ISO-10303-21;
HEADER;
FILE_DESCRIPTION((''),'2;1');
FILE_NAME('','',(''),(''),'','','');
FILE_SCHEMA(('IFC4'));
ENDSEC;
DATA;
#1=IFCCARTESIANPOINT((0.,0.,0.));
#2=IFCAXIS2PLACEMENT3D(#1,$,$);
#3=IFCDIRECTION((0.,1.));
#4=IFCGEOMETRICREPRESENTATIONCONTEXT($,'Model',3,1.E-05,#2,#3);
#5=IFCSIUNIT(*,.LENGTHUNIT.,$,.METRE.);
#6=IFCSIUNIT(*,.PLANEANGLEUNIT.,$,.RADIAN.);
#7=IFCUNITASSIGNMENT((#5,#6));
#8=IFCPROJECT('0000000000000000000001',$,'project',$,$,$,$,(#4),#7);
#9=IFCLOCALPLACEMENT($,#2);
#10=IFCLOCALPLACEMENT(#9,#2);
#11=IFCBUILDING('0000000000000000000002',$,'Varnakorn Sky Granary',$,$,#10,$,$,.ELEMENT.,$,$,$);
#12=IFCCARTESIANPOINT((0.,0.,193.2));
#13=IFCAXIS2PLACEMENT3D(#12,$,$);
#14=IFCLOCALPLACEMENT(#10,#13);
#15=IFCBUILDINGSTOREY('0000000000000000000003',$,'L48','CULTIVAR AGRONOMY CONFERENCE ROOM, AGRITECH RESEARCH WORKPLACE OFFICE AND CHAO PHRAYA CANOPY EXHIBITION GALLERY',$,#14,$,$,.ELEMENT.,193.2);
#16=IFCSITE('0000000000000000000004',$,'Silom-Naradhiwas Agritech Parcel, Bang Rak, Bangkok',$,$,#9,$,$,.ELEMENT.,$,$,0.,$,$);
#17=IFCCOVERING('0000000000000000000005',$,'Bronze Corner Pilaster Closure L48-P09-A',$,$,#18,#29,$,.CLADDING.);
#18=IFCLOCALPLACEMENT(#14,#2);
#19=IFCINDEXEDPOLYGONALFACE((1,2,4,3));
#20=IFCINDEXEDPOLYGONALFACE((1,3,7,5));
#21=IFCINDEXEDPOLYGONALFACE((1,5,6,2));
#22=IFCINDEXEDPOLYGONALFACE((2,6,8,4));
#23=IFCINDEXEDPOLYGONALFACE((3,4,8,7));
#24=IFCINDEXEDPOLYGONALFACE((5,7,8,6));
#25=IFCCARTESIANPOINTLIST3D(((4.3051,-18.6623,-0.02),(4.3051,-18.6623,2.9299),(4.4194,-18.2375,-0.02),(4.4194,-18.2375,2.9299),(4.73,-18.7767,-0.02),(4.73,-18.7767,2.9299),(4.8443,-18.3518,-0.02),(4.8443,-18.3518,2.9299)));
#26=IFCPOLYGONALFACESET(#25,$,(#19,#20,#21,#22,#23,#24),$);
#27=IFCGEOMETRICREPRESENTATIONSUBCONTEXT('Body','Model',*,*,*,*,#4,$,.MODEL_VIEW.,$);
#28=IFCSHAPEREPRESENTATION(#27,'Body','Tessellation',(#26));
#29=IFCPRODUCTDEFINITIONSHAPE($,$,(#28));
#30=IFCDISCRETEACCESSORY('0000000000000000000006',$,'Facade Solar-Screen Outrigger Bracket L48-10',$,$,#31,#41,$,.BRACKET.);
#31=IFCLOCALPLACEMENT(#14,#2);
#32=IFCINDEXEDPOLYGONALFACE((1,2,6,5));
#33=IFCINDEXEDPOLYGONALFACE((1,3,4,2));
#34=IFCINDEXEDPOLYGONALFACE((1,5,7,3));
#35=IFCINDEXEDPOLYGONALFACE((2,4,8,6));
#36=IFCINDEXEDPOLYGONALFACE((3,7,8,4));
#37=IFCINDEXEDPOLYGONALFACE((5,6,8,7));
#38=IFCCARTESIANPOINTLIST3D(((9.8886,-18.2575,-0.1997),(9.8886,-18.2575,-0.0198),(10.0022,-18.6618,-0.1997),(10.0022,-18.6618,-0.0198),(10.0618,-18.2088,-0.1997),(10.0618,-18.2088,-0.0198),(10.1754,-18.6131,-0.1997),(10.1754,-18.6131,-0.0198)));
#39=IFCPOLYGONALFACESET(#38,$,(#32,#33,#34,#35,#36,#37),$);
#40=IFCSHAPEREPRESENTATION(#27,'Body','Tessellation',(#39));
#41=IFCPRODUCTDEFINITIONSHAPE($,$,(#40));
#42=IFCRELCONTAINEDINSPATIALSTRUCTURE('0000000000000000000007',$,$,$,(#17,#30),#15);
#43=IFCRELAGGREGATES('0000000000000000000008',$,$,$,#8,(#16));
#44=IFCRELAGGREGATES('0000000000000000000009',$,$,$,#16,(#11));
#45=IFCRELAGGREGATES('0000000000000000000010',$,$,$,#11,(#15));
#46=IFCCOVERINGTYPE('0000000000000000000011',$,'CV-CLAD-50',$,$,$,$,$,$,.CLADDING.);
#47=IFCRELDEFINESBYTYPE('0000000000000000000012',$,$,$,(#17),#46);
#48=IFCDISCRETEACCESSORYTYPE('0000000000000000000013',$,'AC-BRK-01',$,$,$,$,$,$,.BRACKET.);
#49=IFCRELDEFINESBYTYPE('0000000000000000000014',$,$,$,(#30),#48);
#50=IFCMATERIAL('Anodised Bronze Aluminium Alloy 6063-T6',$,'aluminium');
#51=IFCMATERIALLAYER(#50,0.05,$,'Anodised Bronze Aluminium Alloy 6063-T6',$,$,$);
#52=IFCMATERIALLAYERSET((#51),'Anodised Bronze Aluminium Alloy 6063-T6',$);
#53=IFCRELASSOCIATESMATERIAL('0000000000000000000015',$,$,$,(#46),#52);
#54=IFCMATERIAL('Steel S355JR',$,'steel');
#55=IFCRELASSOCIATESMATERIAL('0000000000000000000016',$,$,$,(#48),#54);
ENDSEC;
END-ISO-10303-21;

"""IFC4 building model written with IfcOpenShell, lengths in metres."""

from ifc_helpers import new_model, si_unit, direction, frame, origin, origin_2d, place, context, subcontext, project, spatial, rectangle, extrude, source, transform, mapped, material, layer, layer_set, type_object, type_shapes, element, save


model = new_model("IFC4")

# Units and contexts
model_context = context("Model", 3, precision=1e-05, world=origin(), true_north=direction((0.0, 1.0)))
body_context = subcontext(model_context, "Body", "Model", "MODEL_VIEW")
ifc_project = project(units=[si_unit("LENGTHUNIT", "METRE"), si_unit("PLANEANGLEUNIT", "RADIAN")], contexts=[model_context])

# Site, building, storey
site_placement = place(None, origin())
site = spatial("IfcSite", under=ifc_project, at=site_placement, Name="Silom-Naradhiwas Agritech Parcel, Bang Rak, Bangkok", CompositionType="ELEMENT", RefElevation=0.0)
building_placement = place(site_placement, origin())
building = spatial("IfcBuilding", under=site, at=building_placement, Name="Varnakorn Sky Granary", CompositionType="ELEMENT")
storey_placement = place(building_placement, frame((0.0, 0.0, 193.2)))
storey = spatial("IfcBuildingStorey", under=building, at=storey_placement, Name="L48", Description="CULTIVAR AGRONOMY CONFERENCE ROOM, AGRITECH RESEARCH WORKPLACE OFFICE AND CHAO PHRAYA CANOPY EXHIBITION GALLERY", CompositionType="ELEMENT", Elevation=193.2)

# Shared definitions
ifc_material_1 = material(Name="Steel S355JR", Category="steel")

# Shared definitions
ifc_material_2 = material(Name="Anodised Bronze Aluminium Alloy 6063-T6", Category="aluminium")

# Covering
ifc_layer_1 = layer(ifc_material_2, 0.05, Name="Anodised Bronze Aluminium Alloy 6063-T6")
ifc_layer_set_1 = layer_set([ifc_layer_1], Name="Anodised Bronze Aluminium Alloy 6063-T6")
covering_type = type_object("IfcCoveringType", Name="CV-CLAD-50", PredefinedType="CLADDING", material=ifc_layer_set_1)
shared_shape_1 = source(origin(), body_context, "Body", "SweptSolid", [
    extrude(rectangle(XDim=0.4399, YDim=0.4399, at=origin_2d()), origin(), (0.0, 0.0, 1.0), 2.95),
])
type_shapes(covering_type, [shared_shape_1])
covering_placement = place(storey_placement, frame((4.5747, -18.5071, -0.02), z_axis=(0.0, 0.0, 1.0), x_axis=(-0.965654, 0.25983, 0.0)))
element("IfcCovering", 1, at=covering_placement, inside=storey, type_object=covering_type, Name="Bronze Corner Pilaster Closure L48-P09-A", PredefinedType="CLADDING", context=body_context, shape_type="MappedRepresentation", body=[
    mapped(shared_shape_1, transform((0.0, 0.0, 0.0), x_axis=(1.0, 0.0, 0.0), y_axis=(0.0, 1.0, 0.0), z_axis=(0.0, 0.0, 1.0), scale=1.0)),
])

# Discrete accessory
discrete_accessory_type = type_object("IfcDiscreteAccessoryType", Name="AC-BRK-01", PredefinedType="BRACKET", material=ifc_material_1)
shared_shape_2 = source(origin(), body_context, "Body", "SweptSolid", [
    extrude(rectangle(XDim=0.1799, YDim=0.4199, at=origin_2d()), origin(), (0.0, 0.0, 1.0), 0.1799),
])
type_shapes(discrete_accessory_type, [shared_shape_2])
discrete_accessory_placement = place(storey_placement, frame((10.032, -18.4353, -0.1997), z_axis=(0.0, 0.0, 1.0), x_axis=(0.962691, 0.270604, 0.0)))
element("IfcDiscreteAccessory", 2, at=discrete_accessory_placement, inside=storey, type_object=discrete_accessory_type, Name="Facade Solar-Screen Outrigger Bracket L48-10", PredefinedType="BRACKET", context=body_context, shape_type="MappedRepresentation", body=[
    mapped(shared_shape_2, transform((0.0, 0.0, 0.0), x_axis=(1.0, 0.0, 0.0), y_axis=(0.0, 1.0, 0.0), z_axis=(0.0, 0.0, 1.0), scale=1.0)),
])

save(model, "model.ifc")
